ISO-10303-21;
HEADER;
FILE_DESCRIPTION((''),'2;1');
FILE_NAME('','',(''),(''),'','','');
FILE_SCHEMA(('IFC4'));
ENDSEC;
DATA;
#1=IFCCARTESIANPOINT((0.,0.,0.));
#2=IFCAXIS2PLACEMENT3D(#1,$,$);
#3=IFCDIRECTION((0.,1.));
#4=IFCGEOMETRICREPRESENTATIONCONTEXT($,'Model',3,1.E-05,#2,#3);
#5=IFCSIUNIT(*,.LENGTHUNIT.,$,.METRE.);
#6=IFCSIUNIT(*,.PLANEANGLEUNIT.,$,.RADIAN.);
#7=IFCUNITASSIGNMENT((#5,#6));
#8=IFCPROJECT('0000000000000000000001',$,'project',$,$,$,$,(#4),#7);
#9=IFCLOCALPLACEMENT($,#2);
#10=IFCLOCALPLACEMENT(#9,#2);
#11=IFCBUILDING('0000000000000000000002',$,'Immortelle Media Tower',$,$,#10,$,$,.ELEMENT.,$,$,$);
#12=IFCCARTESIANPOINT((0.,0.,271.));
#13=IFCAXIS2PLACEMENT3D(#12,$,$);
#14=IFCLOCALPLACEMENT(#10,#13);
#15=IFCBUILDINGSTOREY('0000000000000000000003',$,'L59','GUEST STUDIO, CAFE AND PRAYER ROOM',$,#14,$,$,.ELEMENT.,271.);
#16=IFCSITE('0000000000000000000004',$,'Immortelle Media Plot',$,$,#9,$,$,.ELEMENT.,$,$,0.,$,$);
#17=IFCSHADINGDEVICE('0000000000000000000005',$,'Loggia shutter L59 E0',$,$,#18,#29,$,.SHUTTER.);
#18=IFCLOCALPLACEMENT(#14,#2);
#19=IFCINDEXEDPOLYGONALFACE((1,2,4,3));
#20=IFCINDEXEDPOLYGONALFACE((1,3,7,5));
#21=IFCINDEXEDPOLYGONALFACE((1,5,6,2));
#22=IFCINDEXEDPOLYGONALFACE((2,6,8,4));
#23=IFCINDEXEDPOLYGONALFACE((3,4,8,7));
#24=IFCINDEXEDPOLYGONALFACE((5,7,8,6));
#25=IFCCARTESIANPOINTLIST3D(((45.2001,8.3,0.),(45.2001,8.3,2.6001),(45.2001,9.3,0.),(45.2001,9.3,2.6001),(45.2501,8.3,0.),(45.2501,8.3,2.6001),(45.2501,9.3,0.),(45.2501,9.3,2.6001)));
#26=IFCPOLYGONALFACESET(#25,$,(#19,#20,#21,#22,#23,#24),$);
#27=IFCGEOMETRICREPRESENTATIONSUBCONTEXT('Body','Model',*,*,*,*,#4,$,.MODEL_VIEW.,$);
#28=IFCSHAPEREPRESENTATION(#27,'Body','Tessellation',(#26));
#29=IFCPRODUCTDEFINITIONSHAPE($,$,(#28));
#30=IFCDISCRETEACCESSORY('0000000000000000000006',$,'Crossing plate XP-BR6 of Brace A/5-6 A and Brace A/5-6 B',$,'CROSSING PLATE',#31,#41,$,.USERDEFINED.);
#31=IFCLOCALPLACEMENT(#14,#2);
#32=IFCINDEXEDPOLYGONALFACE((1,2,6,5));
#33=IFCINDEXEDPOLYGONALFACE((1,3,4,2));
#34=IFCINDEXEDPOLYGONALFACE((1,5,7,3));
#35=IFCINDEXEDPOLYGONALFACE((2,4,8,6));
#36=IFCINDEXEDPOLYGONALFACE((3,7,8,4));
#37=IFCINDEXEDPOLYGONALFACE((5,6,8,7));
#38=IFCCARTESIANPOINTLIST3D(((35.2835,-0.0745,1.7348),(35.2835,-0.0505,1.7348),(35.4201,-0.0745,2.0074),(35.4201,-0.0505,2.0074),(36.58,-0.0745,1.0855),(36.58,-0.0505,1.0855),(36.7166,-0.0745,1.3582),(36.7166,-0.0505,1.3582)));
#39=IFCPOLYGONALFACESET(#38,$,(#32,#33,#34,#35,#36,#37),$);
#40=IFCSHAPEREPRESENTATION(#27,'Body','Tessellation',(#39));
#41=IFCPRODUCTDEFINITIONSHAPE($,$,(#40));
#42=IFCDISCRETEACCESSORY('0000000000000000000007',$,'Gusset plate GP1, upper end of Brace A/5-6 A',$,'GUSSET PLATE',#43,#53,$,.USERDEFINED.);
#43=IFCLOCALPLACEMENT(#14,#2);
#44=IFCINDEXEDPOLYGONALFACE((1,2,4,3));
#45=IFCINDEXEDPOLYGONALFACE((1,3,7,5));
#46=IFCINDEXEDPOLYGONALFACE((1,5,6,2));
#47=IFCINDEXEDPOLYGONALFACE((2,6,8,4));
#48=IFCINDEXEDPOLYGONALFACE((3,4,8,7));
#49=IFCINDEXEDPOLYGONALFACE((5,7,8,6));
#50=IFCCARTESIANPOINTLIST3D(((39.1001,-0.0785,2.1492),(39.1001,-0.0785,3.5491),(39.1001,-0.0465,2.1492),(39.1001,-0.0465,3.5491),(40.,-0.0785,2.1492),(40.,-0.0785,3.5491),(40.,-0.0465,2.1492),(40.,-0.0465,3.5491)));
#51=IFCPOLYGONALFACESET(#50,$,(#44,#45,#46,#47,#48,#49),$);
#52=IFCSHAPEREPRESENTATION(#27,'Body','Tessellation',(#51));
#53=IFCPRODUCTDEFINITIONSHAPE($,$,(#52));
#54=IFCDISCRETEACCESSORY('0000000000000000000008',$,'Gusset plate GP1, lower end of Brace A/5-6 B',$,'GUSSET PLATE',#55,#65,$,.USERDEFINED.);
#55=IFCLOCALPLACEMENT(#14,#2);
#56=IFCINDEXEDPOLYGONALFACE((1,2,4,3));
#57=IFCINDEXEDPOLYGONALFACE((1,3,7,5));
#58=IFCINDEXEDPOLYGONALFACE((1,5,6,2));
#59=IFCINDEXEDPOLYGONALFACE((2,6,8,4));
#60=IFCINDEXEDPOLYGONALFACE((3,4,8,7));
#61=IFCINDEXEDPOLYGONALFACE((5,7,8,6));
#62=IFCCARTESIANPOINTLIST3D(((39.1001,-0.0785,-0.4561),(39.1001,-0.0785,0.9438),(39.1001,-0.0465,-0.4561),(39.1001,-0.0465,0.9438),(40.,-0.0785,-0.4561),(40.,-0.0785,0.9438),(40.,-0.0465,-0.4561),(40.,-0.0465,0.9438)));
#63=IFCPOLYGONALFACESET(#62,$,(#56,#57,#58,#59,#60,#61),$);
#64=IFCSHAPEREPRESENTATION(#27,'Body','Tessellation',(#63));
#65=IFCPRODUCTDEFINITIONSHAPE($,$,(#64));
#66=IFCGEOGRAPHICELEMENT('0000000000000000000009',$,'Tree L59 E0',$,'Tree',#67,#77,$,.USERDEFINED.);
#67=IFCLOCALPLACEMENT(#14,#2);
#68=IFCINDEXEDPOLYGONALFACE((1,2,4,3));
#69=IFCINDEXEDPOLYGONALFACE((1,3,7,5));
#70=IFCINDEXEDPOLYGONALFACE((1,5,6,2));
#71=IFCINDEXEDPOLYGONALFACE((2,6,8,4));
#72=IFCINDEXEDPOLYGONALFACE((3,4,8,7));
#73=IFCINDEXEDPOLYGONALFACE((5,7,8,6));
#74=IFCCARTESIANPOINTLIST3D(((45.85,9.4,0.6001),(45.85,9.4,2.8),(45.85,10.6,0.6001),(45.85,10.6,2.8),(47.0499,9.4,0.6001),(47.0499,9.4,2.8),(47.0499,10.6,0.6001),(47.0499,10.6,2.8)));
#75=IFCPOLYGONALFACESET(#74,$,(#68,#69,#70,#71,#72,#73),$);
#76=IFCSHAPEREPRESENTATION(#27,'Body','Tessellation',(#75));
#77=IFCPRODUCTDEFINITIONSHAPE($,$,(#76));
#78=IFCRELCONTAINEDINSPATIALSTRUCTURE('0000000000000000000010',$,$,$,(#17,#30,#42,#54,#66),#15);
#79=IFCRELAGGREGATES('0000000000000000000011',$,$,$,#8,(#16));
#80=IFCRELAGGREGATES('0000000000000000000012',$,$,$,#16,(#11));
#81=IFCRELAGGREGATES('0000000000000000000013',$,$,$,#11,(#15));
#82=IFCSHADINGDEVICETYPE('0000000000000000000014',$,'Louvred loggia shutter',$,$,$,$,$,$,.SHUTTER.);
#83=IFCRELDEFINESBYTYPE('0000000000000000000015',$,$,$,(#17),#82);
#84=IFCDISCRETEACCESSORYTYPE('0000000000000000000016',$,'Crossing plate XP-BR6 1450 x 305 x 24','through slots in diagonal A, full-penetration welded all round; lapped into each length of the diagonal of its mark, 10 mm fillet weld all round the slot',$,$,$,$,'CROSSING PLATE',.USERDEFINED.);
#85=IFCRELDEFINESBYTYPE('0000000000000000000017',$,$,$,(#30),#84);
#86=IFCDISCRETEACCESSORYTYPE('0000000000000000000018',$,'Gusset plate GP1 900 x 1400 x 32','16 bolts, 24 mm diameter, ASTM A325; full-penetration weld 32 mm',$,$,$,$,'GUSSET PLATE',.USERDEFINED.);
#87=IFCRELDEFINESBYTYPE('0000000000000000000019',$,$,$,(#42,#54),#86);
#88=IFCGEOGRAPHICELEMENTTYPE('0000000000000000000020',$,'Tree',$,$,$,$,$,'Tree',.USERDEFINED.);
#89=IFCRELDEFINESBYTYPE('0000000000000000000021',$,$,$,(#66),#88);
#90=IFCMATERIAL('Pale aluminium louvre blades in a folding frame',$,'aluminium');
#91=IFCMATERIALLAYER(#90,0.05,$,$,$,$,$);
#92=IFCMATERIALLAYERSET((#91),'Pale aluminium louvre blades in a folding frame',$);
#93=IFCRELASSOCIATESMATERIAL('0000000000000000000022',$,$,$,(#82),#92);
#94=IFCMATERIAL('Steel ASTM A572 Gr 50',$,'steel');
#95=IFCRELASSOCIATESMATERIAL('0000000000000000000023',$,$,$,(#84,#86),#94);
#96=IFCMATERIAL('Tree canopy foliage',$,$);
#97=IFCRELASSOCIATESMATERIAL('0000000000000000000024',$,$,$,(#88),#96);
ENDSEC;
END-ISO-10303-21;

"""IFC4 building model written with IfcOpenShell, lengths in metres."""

from ifc_helpers import new_model, si_unit, direction, frame, origin, origin_2d, place, context, subcontext, project, spatial, rectangle, extrude, material, layer, layer_set, material_profile, profile_set, type_object, element, save


model = new_model("IFC4")

# Units and contexts
model_context = context("Model", 3, precision=1e-05, world=origin(), true_north=direction((0.0, 1.0)))
body_context = subcontext(model_context, "Body", "Model", "MODEL_VIEW")
ifc_project = project(units=[si_unit("LENGTHUNIT", "METRE"), si_unit("PLANEANGLEUNIT", "RADIAN")], contexts=[model_context])

# Site, building, storey
site_placement = place(None, origin())
site = spatial("IfcSite", under=ifc_project, at=site_placement, Name="Immortelle Media Plot", CompositionType="ELEMENT", RefElevation=0.0)
building_placement = place(site_placement, origin())
building = spatial("IfcBuilding", under=site, at=building_placement, Name="Immortelle Media Tower", CompositionType="ELEMENT")
storey_placement = place(building_placement, frame((0.0, 0.0, 271.0)))
storey = spatial("IfcBuildingStorey", under=building, at=storey_placement, Name="L59", Description="GUEST STUDIO, CAFE AND PRAYER ROOM", CompositionType="ELEMENT", Elevation=271.0)

# Shading device
ifc_material_1 = material(Name="Pale aluminium louvre blades in a folding frame", Category="aluminium")
ifc_layer_1 = layer(ifc_material_1, 0.05)
ifc_layer_set_1 = layer_set([ifc_layer_1], Name="Pale aluminium louvre blades in a folding frame")
shading_device_type_1 = type_object("IfcShadingDeviceType", Name="Louvred loggia shutter", PredefinedType="SHUTTER", material=ifc_layer_set_1)
shading_device_1_placement = place(storey_placement, frame((45.2251, 8.8, 0.0), z_axis=(0.0, 0.0, 1.0), x_axis=(0.0, 1.0, 0.0)))
element("IfcShadingDevice", 1, at=shading_device_1_placement, inside=storey, type_object=shading_device_type_1, Name="Loggia shutter L59 E0", PredefinedType="SHUTTER", context=body_context, shape_type="SweptSolid", body=[
    extrude(rectangle(XDim=1.0, YDim=0.05, at=origin_2d()), origin(), (0.0, 0.0, 1.0), 2.6001),
])

# Discrete accessories
ifc_material_2 = material(Name="Steel ASTM A572 Gr 50", Category="steel")
ifc_material_profile_1 = material_profile(ifc_material_2, rectangle(XDim=0.0239, YDim=0.3049, at=origin_2d()), Name="PL 24 x 305")
ifc_profile_set_1 = profile_set([ifc_material_profile_1], Name="Steel ASTM A572 Gr 50")
discrete_accessory_type_1 = type_object("IfcDiscreteAccessoryType", Name="Crossing plate XP-BR6 1450 x 305 x 24", Description="through slots in diagonal A, full-penetration welded all round; lapped into each length of the diagonal of its mark, 10 mm fillet weld all round the slot", ElementType="CROSSING PLATE", PredefinedType="USERDEFINED", material=ifc_profile_set_1)
discrete_accessory_placement = place(storey_placement, frame((35.3518, -0.0625, 1.8711), z_axis=(0.894158, 0.0, -0.447752), x_axis=(0.0, 1.0, 0.0)))
element("IfcDiscreteAccessory", 2, at=discrete_accessory_placement, inside=storey, type_object=discrete_accessory_type_1, Name="Crossing plate XP-BR6 of Brace A/5-6 A and Brace A/5-6 B", ObjectType="CROSSING PLATE", PredefinedType="USERDEFINED", context=body_context, shape_type="SweptSolid", body=[
    extrude(rectangle(XDim=0.0239, YDim=0.3049, at=origin_2d()), origin(), (0.0, 0.0, 1.0), 1.45),
])
ifc_material_profile_2 = material_profile(ifc_material_2, rectangle(XDim=0.032, YDim=1.3999, at=origin_2d()), Name="PL 32 x 1400")
ifc_profile_set_2 = profile_set([ifc_material_profile_2], Name="Steel ASTM A572 Gr 50")
discrete_accessory_type_2 = type_object("IfcDiscreteAccessoryType", Name="Gusset plate GP1 900 x 1400 x 32", Description="16 bolts, 24 mm diameter, ASTM A325; full-penetration weld 32 mm", ElementType="GUSSET PLATE", PredefinedType="USERDEFINED", material=ifc_profile_set_2)
for number, where, z_axis, x_axis, name in (
    (3, (40.0, -0.0625, 2.8491), (-1.0, 0.0, 0.0), (0.0, -1.0, 0.0), "Gusset plate GP1, upper end of Brace A/5-6 A"),
    (4, (40.0, -0.0625, 0.2439), (-1.0, 0.0, 0.0), (0.0, -1.0, 0.0), "Gusset plate GP1, lower end of Brace A/5-6 B"),
):
    element("IfcDiscreteAccessory", number, at=place(storey_placement, frame(where, z_axis=z_axis, x_axis=x_axis)), inside=storey, type_object=discrete_accessory_type_2, Name=name, ObjectType="GUSSET PLATE", PredefinedType="USERDEFINED", context=body_context, shape_type="SweptSolid", body=[
        extrude(rectangle(XDim=0.032, YDim=1.3999, at=origin_2d()), origin(), (0.0, 0.0, 1.0), 0.8999),
    ])

# Geographic element
ifc_material_3 = material(Name="Tree canopy foliage")
geographic_element_type = type_object("IfcGeographicElementType", Name="Tree", ElementType="Tree", PredefinedType="USERDEFINED", material=ifc_material_3)
geographic_element_placement = place(storey_placement, frame((46.45, 10.0, 0.6001), z_axis=(0.0, 0.0, 1.0), x_axis=(1.0, 0.0, 0.0)))
element("IfcGeographicElement", 5, at=geographic_element_placement, inside=storey, type_object=geographic_element_type, Name="Tree L59 E0", ObjectType="Tree", PredefinedType="USERDEFINED", context=body_context, shape_type="SweptSolid", body=[
    extrude(rectangle(XDim=1.2, YDim=1.2, at=origin_2d()), origin(), (0.0, 0.0, 1.0), 2.2),
])

save(model, "model.ifc")
